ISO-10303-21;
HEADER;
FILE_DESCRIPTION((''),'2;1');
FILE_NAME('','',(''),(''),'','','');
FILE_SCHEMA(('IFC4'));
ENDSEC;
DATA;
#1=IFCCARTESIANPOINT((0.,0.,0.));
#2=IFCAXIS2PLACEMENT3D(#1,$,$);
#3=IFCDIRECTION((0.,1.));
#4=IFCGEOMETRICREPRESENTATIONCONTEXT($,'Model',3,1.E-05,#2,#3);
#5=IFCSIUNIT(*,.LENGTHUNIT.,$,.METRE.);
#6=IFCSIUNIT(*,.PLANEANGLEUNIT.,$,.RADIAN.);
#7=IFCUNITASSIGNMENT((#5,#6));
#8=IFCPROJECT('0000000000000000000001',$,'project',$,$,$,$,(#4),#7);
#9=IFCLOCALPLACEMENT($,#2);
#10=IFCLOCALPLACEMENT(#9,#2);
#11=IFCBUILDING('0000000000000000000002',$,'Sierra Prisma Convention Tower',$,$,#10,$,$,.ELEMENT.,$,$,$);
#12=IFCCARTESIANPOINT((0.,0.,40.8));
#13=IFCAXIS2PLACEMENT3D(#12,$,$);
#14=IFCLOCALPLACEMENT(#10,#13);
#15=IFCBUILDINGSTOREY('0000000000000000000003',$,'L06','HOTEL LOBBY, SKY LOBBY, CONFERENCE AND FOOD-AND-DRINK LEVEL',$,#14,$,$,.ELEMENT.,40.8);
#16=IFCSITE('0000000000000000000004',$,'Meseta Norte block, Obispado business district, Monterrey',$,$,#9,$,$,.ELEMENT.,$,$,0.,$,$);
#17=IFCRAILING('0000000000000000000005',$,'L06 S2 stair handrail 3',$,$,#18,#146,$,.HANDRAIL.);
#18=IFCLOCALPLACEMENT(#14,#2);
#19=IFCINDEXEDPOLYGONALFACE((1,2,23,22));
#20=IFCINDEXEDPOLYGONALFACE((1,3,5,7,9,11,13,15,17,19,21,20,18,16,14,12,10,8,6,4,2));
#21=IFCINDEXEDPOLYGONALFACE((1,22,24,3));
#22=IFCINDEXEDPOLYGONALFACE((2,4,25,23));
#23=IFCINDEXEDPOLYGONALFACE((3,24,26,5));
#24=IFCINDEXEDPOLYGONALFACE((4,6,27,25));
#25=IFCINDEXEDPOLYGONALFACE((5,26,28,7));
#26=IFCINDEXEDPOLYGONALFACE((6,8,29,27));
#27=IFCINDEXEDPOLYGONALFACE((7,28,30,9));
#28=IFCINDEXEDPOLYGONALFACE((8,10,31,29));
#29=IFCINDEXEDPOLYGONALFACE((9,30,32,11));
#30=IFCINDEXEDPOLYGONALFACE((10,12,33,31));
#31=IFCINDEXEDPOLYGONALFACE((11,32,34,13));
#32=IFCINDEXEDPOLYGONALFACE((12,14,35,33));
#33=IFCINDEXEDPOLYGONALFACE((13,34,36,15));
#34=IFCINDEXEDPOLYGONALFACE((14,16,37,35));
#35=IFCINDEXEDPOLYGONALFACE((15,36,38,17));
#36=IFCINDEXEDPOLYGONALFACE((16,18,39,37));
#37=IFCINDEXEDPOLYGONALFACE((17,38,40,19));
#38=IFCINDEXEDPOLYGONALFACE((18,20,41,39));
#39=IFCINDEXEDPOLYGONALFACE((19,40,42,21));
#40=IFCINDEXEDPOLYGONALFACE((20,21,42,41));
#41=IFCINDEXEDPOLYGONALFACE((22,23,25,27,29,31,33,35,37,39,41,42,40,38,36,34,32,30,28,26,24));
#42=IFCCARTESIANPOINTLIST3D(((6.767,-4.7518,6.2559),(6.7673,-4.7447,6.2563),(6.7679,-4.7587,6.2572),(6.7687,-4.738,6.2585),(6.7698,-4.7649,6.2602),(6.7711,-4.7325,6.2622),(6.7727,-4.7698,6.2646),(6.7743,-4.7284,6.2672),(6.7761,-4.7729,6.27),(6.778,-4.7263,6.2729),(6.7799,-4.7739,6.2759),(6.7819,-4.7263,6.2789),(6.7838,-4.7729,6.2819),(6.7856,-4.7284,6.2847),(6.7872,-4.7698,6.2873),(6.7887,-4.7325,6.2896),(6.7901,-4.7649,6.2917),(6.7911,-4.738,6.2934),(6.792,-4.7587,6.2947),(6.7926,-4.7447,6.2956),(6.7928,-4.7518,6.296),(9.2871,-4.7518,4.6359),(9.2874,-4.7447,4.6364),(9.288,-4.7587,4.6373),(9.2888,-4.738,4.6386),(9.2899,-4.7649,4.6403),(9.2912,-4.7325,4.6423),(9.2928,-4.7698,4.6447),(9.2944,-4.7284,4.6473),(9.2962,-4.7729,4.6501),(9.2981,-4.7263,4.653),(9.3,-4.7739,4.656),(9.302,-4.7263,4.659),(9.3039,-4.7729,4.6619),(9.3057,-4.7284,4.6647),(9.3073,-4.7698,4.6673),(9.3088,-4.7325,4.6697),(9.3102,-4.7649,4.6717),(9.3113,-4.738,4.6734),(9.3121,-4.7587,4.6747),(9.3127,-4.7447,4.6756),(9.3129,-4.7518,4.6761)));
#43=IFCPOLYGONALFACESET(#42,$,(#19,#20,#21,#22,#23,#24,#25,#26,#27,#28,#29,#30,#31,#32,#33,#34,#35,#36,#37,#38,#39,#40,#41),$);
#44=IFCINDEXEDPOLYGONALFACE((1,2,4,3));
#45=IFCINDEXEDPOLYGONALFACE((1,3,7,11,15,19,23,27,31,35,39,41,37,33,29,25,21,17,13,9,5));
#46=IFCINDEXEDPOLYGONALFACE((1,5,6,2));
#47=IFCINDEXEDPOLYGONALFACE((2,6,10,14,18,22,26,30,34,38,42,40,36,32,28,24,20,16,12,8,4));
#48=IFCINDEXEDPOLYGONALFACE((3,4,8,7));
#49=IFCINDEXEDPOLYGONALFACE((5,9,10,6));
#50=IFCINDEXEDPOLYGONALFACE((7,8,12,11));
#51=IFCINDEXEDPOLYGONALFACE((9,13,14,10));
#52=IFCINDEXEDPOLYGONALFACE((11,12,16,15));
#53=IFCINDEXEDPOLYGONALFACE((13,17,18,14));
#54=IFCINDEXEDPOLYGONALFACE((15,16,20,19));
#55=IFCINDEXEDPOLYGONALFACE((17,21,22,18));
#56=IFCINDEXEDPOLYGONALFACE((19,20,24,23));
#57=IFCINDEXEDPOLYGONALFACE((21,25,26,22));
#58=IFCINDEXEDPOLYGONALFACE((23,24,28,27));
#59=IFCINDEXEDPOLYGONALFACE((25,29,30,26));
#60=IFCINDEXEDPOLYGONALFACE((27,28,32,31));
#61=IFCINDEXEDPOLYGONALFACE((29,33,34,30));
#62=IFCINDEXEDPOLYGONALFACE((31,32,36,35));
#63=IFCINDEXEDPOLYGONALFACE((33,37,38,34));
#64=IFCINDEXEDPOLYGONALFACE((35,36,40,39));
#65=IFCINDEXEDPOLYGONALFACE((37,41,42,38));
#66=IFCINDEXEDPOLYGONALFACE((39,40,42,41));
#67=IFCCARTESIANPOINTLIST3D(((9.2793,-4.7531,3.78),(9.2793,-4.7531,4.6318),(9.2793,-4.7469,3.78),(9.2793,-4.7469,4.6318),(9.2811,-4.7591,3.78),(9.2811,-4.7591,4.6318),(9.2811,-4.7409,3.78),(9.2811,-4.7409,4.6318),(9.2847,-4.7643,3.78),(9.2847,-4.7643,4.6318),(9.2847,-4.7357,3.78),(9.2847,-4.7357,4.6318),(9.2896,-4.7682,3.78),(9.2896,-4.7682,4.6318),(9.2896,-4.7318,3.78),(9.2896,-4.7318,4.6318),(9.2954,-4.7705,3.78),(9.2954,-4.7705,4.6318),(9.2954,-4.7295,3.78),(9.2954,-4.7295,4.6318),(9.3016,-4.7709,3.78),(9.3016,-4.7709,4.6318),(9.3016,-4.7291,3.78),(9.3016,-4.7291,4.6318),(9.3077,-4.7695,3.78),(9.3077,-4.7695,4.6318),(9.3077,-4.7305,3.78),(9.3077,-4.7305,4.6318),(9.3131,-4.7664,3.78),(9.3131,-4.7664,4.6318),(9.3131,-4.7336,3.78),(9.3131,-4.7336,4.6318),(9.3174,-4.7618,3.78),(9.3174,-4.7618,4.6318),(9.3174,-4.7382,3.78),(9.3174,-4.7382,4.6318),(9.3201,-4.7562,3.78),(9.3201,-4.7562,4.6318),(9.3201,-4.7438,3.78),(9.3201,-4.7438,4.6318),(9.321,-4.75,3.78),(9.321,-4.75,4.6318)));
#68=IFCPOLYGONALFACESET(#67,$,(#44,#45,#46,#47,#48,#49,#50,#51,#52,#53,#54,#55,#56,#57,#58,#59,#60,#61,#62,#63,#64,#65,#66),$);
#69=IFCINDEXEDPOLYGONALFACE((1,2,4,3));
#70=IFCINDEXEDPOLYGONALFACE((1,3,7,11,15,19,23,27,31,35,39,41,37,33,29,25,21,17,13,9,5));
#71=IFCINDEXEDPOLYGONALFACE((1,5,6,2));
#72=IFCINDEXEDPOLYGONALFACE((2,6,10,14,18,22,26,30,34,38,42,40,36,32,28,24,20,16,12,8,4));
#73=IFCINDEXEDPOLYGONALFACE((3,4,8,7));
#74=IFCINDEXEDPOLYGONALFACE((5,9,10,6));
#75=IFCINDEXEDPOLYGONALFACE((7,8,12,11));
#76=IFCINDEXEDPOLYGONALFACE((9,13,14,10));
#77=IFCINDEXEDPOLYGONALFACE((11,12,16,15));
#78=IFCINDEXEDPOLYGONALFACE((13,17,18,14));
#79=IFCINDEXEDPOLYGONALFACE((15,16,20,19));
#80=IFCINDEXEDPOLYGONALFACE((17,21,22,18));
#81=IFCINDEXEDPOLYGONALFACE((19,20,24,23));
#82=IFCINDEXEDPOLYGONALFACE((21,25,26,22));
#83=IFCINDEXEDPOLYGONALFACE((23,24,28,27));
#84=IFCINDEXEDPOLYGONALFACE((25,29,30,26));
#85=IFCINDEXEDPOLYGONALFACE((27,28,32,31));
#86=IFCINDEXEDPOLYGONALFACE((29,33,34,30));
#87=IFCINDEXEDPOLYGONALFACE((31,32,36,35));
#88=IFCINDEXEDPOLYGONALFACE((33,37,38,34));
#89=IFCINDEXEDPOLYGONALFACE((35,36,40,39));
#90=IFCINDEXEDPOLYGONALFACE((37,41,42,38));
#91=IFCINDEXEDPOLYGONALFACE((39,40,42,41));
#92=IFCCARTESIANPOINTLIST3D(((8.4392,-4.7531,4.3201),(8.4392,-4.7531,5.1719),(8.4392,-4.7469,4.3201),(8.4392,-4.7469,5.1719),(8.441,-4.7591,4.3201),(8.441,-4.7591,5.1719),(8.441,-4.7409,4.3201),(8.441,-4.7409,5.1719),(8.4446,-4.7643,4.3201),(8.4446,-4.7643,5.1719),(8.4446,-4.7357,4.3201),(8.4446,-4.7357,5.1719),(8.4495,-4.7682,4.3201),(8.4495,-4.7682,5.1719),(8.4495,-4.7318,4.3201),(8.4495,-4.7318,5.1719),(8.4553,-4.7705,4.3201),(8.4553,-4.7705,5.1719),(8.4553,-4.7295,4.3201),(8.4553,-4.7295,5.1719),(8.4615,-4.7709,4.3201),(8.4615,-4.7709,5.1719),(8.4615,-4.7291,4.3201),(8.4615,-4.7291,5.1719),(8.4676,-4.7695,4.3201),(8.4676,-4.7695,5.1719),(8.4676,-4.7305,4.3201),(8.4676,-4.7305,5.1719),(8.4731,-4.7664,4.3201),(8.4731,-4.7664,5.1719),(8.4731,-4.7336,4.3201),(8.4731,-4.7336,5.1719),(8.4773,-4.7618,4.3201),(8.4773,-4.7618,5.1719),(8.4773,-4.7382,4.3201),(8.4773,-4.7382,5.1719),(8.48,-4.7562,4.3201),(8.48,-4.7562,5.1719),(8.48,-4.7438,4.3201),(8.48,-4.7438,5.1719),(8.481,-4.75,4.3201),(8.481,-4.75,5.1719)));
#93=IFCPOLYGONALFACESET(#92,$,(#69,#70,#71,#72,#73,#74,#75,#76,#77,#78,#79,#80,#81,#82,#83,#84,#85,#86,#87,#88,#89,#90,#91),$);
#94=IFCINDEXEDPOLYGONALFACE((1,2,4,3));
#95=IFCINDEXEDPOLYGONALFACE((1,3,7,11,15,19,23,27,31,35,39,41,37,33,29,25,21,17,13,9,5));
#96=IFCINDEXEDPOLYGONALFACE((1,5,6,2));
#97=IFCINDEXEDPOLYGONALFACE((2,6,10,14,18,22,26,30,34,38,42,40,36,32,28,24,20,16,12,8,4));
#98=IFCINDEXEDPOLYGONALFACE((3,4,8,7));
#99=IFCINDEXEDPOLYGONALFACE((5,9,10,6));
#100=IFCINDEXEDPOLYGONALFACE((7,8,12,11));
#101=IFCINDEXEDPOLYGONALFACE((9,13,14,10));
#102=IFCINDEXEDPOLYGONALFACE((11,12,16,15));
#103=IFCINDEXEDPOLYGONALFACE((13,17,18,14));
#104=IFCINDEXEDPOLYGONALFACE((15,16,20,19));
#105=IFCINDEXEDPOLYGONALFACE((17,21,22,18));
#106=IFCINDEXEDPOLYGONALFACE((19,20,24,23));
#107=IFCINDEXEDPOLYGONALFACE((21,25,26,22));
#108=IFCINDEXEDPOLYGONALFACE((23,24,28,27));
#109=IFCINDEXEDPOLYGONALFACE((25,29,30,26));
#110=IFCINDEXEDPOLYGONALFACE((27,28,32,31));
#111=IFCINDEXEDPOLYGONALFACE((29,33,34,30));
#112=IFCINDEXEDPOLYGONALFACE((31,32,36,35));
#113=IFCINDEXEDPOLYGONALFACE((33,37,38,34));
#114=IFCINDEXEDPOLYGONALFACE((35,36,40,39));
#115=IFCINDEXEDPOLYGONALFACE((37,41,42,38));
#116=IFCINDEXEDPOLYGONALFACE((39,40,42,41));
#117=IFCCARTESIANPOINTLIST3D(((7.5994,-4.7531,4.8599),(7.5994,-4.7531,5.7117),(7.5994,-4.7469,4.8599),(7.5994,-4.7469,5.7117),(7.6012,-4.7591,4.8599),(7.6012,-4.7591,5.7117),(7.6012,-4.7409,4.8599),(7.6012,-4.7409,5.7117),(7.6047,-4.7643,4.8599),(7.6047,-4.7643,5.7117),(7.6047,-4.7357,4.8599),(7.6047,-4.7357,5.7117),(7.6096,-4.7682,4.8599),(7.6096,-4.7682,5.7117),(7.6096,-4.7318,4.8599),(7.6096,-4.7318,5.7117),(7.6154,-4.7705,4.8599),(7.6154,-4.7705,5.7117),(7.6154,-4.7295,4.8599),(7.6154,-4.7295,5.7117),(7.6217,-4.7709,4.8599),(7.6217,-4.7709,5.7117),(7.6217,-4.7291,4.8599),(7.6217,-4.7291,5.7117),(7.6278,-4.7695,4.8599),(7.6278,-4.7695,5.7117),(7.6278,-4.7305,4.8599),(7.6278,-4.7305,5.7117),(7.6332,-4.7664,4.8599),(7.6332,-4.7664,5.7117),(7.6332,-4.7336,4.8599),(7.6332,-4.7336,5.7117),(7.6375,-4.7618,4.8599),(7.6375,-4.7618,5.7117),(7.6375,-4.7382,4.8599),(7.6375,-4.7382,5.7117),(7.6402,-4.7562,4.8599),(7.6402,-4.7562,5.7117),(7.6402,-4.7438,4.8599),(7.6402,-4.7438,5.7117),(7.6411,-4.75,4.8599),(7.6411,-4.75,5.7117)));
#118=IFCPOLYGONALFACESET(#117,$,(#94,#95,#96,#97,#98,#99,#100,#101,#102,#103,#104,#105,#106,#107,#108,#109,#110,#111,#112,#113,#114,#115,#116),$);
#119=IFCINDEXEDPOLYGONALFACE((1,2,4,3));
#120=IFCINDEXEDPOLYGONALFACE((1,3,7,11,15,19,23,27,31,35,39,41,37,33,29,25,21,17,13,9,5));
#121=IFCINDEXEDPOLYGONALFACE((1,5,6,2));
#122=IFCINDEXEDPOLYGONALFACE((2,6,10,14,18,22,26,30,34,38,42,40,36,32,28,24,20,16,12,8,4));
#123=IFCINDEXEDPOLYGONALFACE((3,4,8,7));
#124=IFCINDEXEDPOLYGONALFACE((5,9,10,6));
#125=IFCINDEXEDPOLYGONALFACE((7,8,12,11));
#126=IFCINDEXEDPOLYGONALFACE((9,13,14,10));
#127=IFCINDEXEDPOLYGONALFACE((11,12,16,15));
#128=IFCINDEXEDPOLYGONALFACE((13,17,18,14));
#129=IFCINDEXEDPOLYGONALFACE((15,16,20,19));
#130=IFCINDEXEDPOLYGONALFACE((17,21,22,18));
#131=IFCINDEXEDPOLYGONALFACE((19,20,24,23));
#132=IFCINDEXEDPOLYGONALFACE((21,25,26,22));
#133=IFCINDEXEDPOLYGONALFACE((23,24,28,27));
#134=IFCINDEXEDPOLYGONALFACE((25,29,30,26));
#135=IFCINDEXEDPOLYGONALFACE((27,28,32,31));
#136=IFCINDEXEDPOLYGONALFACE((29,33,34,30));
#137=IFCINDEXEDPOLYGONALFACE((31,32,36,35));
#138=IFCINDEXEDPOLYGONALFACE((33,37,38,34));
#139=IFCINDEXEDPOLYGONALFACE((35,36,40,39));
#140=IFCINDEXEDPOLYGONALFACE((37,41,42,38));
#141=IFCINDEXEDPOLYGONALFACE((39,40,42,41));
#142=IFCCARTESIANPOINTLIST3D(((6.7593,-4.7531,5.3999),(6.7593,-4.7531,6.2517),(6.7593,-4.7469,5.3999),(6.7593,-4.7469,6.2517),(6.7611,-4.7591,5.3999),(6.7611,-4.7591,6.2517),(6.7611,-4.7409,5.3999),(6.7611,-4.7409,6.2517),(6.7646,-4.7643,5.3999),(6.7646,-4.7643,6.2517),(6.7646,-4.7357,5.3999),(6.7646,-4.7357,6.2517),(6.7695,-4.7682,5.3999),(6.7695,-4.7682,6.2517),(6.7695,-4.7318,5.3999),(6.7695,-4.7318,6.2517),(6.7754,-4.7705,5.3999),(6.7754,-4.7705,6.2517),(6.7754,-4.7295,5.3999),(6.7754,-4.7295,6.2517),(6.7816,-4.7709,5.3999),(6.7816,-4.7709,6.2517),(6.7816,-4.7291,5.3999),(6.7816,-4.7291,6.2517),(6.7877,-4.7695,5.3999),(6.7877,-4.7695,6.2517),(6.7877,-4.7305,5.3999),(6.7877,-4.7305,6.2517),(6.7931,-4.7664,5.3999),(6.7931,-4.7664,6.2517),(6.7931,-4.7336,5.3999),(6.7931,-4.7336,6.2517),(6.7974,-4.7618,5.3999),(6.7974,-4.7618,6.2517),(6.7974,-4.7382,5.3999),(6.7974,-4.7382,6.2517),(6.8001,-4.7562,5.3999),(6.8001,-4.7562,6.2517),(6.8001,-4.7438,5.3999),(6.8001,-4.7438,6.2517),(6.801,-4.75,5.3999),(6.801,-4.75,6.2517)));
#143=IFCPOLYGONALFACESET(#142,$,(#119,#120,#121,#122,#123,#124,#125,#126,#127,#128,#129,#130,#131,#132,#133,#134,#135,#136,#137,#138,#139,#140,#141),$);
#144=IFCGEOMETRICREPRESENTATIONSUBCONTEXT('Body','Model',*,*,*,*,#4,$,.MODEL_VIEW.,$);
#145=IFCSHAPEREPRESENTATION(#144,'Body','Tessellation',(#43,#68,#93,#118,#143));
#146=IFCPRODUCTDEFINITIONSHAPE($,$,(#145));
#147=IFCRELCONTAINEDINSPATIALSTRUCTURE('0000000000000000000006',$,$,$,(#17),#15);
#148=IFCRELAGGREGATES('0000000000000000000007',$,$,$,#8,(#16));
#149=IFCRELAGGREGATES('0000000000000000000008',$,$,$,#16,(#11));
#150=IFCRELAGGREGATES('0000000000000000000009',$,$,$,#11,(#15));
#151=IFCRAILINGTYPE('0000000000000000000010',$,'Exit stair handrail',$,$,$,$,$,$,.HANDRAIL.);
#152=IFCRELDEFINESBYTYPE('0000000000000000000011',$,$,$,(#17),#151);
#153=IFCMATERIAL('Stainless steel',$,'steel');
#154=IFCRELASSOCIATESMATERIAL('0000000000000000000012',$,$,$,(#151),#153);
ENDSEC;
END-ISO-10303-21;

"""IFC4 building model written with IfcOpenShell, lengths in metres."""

from ifc_helpers import new_model, si_unit, direction, frame, origin, origin_2d, place, context, subcontext, project, spatial, circle, extrude, material, type_object, element, save


model = new_model("IFC4")

# Units and contexts
model_context = context("Model", 3, precision=1e-05, world=origin(), true_north=direction((0.0, 1.0)))
body_context = subcontext(model_context, "Body", "Model", "MODEL_VIEW")
ifc_project = project(units=[si_unit("LENGTHUNIT", "METRE"), si_unit("PLANEANGLEUNIT", "RADIAN")], contexts=[model_context])

# Site, building, storey
site_placement = place(None, origin())
site = spatial("IfcSite", under=ifc_project, at=site_placement, Name="Meseta Norte block, Obispado business district, Monterrey", CompositionType="ELEMENT", RefElevation=0.0)
building_placement = place(site_placement, origin())
building = spatial("IfcBuilding", under=site, at=building_placement, Name="Sierra Prisma Convention Tower", CompositionType="ELEMENT")
storey_placement = place(building_placement, frame((0.0, 0.0, 40.8)))
storey = spatial("IfcBuildingStorey", under=building, at=storey_placement, Name="L06", Description="HOTEL LOBBY, SKY LOBBY, CONFERENCE AND FOOD-AND-DRINK LEVEL", CompositionType="ELEMENT", Elevation=40.8)

# Railing
ifc_material_1 = material(Name="Stainless steel", Category="steel")
railing_type_1 = type_object("IfcRailingType", Name="Exit stair handrail", PredefinedType="HANDRAIL", material=ifc_material_1)
railing_1_placement = place(storey_placement, frame((9.3, -4.75, 3.78)))
element("IfcRailing", 1, at=railing_1_placement, inside=storey, type_object=railing_type_1, Name="L06 S2 stair handrail 3", PredefinedType="HANDRAIL", context=body_context, shape_type="SweptSolid", body=[
    extrude(circle(Radius=0.0239, at=origin_2d()), frame((0.0, 0.0, 0.876), z_axis=(-0.8412, 0.0, 0.540725), x_axis=(0.0, -1.0, 0.0)), (0.0, 0.0, 1.0), 2.9958),
    extrude(circle(Radius=0.021, at=origin_2d()), origin(), (0.0, 0.0, 1.0), 0.8518),
    extrude(circle(Radius=0.021, at=origin_2d()), frame((-0.8401, 0.0, 0.54)), (0.0, 0.0, 1.0), 0.8518),
    extrude(circle(Radius=0.021, at=origin_2d()), frame((-1.6799, 0.0, 1.0798)), (0.0, 0.0, 1.0), 0.8518),
    extrude(circle(Radius=0.021, at=origin_2d()), frame((-2.52, 0.0, 1.6199)), (0.0, 0.0, 1.0), 0.8518),
])

save(model, "model.ifc")
